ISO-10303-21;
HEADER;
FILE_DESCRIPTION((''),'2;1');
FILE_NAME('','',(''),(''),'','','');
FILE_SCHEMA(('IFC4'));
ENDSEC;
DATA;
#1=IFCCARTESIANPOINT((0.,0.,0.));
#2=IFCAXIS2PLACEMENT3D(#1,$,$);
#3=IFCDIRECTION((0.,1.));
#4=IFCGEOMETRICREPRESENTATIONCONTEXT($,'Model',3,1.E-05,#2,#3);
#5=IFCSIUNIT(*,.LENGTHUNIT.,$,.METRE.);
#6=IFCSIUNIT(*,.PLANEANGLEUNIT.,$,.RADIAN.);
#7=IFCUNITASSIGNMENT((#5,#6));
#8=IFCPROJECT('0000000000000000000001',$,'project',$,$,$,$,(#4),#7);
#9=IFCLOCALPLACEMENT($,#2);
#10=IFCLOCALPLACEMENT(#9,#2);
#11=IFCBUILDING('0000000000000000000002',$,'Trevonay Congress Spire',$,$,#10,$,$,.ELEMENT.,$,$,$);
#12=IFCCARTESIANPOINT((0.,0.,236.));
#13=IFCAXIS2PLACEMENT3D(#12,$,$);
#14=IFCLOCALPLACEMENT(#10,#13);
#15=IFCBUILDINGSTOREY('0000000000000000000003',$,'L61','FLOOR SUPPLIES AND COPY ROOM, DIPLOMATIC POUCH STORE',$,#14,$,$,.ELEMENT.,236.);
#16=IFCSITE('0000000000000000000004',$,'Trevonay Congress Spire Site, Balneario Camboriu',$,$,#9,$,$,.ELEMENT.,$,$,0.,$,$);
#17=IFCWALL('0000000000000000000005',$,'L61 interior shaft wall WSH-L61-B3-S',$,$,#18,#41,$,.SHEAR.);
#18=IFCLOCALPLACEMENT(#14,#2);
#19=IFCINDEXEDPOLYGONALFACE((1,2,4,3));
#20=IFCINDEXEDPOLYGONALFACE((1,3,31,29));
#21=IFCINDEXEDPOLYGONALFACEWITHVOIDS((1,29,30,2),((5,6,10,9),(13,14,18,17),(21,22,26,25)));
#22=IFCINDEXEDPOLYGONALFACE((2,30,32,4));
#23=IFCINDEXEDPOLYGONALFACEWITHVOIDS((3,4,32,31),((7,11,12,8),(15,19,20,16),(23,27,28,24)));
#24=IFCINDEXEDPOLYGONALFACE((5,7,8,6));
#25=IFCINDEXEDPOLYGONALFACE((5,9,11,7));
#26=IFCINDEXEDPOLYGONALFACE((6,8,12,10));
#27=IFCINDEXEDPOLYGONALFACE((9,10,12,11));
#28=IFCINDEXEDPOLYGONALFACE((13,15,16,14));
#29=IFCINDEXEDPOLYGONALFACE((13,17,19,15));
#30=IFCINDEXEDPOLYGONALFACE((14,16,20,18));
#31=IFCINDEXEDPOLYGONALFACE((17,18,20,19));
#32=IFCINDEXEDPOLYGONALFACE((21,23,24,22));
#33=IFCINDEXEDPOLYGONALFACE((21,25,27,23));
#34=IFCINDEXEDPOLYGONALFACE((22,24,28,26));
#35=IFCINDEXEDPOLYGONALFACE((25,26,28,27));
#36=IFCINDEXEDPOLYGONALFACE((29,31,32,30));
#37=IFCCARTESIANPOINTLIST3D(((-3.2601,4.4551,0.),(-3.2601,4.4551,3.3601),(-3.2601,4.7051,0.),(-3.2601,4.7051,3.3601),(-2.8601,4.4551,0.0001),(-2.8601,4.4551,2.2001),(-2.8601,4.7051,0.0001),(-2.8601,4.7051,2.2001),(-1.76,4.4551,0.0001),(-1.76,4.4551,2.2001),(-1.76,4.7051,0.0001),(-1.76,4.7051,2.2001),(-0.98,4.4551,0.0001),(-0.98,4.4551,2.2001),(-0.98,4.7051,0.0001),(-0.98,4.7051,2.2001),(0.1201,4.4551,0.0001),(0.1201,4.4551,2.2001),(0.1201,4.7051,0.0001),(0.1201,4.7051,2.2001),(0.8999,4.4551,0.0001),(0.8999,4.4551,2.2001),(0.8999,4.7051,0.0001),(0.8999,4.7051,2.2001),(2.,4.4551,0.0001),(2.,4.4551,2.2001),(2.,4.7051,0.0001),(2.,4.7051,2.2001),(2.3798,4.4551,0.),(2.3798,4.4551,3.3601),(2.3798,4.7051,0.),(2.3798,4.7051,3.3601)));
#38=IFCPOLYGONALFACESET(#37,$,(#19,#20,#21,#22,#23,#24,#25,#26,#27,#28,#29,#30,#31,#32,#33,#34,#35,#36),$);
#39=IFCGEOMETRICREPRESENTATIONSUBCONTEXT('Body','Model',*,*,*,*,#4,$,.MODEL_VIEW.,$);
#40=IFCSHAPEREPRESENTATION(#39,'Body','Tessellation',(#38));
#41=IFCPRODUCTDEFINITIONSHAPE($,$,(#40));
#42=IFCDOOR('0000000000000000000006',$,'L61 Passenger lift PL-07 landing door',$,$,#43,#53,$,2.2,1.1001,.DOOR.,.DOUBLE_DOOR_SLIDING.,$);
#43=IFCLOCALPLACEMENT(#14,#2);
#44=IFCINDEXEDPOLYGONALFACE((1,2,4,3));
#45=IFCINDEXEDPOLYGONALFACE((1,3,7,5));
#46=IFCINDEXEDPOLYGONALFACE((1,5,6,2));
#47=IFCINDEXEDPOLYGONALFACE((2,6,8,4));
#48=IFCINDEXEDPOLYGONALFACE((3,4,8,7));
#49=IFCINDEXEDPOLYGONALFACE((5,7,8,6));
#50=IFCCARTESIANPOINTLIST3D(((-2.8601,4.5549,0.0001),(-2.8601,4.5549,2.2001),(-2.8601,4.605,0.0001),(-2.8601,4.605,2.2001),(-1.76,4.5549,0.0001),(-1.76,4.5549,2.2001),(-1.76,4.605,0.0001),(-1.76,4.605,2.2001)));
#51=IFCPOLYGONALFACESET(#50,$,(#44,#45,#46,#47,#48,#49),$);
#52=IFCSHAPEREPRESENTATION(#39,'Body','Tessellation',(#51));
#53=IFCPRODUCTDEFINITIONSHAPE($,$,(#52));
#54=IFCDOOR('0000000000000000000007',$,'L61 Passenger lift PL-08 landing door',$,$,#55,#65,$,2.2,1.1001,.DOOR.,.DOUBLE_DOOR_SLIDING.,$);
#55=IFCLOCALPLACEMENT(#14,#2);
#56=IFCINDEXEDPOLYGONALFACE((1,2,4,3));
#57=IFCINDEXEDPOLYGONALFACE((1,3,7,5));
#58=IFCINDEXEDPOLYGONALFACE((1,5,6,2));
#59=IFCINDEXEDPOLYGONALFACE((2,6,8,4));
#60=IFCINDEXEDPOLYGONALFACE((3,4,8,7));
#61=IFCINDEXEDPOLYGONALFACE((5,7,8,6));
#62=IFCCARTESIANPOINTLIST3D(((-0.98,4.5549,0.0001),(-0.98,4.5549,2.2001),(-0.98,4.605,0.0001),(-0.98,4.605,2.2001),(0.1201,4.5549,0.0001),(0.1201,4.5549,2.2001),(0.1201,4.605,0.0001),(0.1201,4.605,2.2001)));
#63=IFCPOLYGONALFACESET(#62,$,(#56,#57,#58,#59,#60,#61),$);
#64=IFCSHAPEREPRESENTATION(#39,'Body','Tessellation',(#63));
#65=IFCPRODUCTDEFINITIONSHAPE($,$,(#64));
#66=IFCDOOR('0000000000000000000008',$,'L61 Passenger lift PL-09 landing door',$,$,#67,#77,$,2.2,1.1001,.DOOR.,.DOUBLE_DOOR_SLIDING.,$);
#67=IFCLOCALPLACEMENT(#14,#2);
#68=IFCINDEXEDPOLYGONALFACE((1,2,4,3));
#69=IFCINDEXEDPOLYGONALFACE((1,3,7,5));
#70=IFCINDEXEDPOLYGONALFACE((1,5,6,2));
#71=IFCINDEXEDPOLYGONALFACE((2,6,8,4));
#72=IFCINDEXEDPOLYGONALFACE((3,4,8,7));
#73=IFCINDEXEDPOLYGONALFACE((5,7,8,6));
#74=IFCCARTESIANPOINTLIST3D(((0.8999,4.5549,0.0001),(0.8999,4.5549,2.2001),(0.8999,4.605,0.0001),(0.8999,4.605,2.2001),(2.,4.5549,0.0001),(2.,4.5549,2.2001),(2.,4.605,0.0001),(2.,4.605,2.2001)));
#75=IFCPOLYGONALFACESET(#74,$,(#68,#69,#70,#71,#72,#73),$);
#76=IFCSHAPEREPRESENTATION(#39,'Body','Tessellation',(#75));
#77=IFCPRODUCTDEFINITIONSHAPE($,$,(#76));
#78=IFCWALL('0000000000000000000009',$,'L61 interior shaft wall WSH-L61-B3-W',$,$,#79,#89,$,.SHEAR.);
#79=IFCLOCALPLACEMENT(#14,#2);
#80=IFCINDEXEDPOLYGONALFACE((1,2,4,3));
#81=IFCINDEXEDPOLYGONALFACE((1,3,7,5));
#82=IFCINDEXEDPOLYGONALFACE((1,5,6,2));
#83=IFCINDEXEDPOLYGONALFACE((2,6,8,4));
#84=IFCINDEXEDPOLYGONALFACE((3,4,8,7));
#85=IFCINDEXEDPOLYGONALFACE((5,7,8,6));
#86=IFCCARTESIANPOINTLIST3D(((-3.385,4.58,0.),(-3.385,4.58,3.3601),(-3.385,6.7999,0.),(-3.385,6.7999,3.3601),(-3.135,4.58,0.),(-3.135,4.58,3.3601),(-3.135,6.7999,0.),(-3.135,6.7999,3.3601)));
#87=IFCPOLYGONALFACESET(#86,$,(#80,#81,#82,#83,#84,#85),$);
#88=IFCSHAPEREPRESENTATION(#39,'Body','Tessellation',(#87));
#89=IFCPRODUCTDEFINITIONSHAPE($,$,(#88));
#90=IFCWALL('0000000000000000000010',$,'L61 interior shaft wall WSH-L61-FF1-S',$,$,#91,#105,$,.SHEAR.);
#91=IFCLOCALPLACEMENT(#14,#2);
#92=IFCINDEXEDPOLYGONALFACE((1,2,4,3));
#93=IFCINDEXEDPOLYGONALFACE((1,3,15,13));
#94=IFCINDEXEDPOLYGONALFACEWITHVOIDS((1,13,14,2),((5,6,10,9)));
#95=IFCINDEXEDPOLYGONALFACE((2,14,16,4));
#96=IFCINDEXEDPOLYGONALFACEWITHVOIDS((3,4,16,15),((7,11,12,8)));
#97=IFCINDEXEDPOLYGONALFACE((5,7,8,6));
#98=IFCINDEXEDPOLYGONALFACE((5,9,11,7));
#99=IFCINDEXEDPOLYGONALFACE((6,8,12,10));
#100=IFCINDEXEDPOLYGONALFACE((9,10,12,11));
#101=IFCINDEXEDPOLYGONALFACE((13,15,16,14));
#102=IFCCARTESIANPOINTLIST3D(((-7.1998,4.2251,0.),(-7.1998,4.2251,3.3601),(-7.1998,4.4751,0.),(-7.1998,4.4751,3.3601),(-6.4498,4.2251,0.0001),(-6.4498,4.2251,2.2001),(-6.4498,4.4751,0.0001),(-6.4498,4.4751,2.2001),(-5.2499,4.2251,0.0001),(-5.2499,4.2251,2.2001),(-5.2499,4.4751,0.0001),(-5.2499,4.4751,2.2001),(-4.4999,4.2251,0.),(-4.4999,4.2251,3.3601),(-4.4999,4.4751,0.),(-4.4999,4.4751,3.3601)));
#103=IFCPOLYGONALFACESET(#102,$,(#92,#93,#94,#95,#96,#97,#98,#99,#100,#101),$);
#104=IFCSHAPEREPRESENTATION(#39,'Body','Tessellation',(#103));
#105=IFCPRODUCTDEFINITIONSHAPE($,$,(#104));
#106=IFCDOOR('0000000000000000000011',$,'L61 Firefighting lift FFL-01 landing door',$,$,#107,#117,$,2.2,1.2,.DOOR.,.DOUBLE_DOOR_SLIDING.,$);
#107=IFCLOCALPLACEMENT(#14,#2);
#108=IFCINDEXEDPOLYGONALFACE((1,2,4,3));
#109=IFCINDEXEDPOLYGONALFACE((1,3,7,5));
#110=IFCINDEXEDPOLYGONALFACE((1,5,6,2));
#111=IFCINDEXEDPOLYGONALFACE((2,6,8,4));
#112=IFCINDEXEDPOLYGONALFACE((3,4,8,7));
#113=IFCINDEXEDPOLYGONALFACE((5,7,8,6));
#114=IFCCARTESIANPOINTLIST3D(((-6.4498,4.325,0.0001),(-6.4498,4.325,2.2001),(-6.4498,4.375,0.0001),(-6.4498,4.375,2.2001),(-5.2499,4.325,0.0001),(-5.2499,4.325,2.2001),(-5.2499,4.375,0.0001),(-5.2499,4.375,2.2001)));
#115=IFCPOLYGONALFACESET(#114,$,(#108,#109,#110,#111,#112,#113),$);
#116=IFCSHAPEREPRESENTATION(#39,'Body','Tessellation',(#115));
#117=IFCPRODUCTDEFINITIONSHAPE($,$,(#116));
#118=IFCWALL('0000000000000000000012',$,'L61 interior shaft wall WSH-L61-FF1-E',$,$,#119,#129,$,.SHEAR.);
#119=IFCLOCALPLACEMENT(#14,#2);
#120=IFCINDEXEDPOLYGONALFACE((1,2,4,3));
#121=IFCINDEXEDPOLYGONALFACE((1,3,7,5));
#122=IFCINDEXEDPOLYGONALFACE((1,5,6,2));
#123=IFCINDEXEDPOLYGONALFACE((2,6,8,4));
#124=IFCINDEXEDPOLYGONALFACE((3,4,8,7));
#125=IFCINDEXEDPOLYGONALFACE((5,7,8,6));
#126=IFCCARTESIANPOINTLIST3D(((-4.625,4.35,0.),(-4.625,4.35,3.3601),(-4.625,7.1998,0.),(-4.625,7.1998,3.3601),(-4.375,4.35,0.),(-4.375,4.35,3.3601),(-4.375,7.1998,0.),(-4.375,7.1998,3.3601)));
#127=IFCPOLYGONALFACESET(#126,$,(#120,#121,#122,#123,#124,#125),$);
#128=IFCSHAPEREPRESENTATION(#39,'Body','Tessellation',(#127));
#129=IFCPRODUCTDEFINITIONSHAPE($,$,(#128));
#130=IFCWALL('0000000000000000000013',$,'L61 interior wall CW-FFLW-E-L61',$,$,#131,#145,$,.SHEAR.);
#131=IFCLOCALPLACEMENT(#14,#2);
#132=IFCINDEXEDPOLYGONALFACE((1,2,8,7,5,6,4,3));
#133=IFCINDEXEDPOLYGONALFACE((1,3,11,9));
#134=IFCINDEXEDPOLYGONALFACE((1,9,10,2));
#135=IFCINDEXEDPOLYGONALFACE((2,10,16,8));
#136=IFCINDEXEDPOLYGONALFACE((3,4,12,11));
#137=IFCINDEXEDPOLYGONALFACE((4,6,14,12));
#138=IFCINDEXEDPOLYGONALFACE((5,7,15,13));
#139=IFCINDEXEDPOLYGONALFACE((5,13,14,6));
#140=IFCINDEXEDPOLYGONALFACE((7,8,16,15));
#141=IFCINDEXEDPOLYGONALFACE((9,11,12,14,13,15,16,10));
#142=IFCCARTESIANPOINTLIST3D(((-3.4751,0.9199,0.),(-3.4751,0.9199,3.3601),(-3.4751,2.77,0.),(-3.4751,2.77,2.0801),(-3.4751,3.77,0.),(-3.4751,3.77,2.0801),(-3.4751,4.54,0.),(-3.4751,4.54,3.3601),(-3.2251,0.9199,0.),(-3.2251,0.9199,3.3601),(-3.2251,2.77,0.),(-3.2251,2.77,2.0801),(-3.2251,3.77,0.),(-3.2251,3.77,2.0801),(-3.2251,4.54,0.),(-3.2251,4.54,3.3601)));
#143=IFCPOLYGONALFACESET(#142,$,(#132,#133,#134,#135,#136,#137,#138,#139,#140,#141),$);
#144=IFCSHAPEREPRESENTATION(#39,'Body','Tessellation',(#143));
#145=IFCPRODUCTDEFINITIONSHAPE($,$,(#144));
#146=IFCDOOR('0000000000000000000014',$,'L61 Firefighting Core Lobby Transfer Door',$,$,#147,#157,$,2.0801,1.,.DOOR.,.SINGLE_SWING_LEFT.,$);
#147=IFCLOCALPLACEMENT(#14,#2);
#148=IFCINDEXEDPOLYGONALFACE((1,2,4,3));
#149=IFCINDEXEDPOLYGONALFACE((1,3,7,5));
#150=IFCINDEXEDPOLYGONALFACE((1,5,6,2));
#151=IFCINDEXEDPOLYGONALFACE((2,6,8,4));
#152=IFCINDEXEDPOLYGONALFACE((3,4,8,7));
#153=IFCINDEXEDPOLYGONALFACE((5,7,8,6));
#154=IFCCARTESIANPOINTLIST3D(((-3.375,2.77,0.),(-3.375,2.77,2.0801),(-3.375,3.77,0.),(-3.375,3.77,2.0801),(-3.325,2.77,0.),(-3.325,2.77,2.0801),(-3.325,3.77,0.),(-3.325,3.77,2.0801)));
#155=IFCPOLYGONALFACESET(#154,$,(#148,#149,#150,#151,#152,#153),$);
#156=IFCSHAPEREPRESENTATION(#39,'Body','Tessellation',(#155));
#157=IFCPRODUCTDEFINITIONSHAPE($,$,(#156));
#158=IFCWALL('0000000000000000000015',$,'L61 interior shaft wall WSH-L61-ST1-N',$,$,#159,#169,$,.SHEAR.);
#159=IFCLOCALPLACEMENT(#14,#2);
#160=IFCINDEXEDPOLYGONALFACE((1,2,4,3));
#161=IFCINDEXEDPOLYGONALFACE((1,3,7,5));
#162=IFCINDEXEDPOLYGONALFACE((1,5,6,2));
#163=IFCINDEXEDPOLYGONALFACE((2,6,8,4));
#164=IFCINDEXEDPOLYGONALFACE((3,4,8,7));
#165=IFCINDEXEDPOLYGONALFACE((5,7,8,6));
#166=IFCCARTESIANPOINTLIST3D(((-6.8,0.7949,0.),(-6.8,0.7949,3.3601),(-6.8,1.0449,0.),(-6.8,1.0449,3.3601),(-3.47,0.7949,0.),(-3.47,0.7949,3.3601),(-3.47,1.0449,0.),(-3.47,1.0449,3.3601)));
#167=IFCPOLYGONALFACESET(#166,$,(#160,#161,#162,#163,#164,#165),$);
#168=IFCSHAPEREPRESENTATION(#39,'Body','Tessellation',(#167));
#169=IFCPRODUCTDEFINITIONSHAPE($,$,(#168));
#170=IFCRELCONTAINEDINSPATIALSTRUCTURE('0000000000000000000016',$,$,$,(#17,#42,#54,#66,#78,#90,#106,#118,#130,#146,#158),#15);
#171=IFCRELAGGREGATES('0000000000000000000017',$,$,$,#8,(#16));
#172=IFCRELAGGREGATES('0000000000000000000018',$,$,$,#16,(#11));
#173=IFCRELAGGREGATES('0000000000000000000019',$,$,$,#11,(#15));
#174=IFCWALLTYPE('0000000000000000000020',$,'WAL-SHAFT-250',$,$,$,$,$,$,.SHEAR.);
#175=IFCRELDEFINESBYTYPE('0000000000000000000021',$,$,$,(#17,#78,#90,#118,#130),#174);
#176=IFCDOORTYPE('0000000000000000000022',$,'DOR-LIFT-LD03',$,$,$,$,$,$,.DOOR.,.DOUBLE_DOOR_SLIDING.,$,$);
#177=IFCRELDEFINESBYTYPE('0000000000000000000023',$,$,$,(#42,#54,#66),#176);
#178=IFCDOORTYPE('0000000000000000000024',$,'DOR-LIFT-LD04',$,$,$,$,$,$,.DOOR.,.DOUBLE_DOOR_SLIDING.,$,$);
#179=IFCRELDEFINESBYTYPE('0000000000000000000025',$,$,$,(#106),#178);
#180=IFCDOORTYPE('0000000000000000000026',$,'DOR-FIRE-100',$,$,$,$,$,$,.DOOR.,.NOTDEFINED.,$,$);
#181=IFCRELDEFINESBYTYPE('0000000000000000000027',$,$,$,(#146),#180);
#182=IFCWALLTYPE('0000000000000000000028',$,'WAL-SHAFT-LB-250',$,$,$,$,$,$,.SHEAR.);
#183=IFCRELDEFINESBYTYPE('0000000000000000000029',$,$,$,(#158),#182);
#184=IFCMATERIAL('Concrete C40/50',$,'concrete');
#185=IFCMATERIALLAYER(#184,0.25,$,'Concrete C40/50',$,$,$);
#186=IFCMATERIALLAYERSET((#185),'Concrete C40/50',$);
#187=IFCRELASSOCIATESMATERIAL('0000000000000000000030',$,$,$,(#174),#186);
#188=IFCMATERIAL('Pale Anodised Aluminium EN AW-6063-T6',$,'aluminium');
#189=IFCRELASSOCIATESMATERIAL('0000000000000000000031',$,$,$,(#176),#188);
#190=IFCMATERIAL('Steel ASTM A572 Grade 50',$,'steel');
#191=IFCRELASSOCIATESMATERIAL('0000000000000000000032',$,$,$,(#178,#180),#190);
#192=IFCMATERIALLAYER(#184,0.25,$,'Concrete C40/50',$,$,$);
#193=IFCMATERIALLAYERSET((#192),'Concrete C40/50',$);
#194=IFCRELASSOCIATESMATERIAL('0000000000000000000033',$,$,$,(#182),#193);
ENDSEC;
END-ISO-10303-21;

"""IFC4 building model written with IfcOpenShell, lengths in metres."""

from ifc_helpers import new_model, si_unit, direction, frame, frame_2d, origin, place, context, subcontext, project, spatial, rectangle, extrude, material, layer, layer_set, type_object, element, fill, save


model = new_model("IFC4")

# Units and contexts
model_context = context("Model", 3, precision=1e-05, world=origin(), true_north=direction((0.0, 1.0)))
body_context = subcontext(model_context, "Body", "Model", "MODEL_VIEW")
ifc_project = project(units=[si_unit("LENGTHUNIT", "METRE"), si_unit("PLANEANGLEUNIT", "RADIAN")], contexts=[model_context])

# Site, building, storey
site_placement = place(None, origin())
site = spatial("IfcSite", under=ifc_project, at=site_placement, Name="Trevonay Congress Spire Site, Balneario Camboriu", CompositionType="ELEMENT", RefElevation=0.0)
building_placement = place(site_placement, origin())
building = spatial("IfcBuilding", under=site, at=building_placement, Name="Trevonay Congress Spire", CompositionType="ELEMENT")
storey_placement = place(building_placement, frame((0.0, 0.0, 236.0)))
storey = spatial("IfcBuildingStorey", under=building, at=storey_placement, Name="L61", Description="FLOOR SUPPLIES AND COPY ROOM, DIPLOMATIC POUCH STORE", CompositionType="ELEMENT", Elevation=236.0)

# Shared definitions
ifc_material_1 = material(Name="Steel ASTM A572 Grade 50", Category="steel")

# Shared definitions
ifc_material_2 = material(Name="Concrete C40/50", Category="concrete")

# Wall, openings, doors
ifc_layer_1 = layer(ifc_material_2, 0.25, Name="Concrete C40/50")
ifc_layer_set_1 = layer_set([ifc_layer_1], Name="Concrete C40/50")
wall_type_1 = type_object("IfcWallType", Name="WAL-SHAFT-250", PredefinedType="SHEAR", material=ifc_layer_set_1)
wall_1_placement = place(storey_placement, frame((-3.26, 4.5801, 0.0), z_axis=(0.0, 0.0, 1.0), x_axis=(1.0, 0.0, 0.0)))
wall_1 = element("IfcWall", 1, at=wall_1_placement, inside=storey, type_object=wall_type_1, Name="L61 interior shaft wall WSH-L61-B3-S", PredefinedType="SHEAR", context=body_context, shape_type="SweptSolid", body=[
    extrude(rectangle(XDim=5.6399, YDim=0.25, at=frame_2d((2.8198, 0.0))), origin(), (0.0, 0.0, 1.0), 3.3601),
])
opening_1_placement = place(wall_1_placement, frame((0.3999, 0.0, 0.0)))
opening_1 = element("IfcOpeningElement", 2, at=opening_1_placement, cuts=wall_1, PredefinedType="OPENING", context=body_context, shape_type="SweptSolid", body=[
    extrude(rectangle(XDim=1.1001, YDim=2.2, at=frame_2d((0.55, 1.1001))), frame((0.0, 0.135, 0.0), z_axis=(0.0, -1.0, 0.0), x_axis=(1.0, 0.0, 0.0)), (0.0, 0.0, 1.0), 0.27),
])
opening_2_placement = place(wall_1_placement, frame((2.28, 0.0, 0.0)))
opening_2 = element("IfcOpeningElement", 3, at=opening_2_placement, cuts=wall_1, PredefinedType="OPENING", context=body_context, shape_type="SweptSolid", body=[
    extrude(rectangle(XDim=1.1001, YDim=2.2, at=frame_2d((0.55, 1.1001))), frame((0.0, 0.135, 0.0), z_axis=(0.0, -1.0, 0.0), x_axis=(1.0, 0.0, 0.0)), (0.0, 0.0, 1.0), 0.27),
])
opening_3_placement = place(wall_1_placement, frame((4.1599, 0.0, 0.0)))
opening_3 = element("IfcOpeningElement", 4, at=opening_3_placement, cuts=wall_1, PredefinedType="OPENING", context=body_context, shape_type="SweptSolid", body=[
    extrude(rectangle(XDim=1.1001, YDim=2.2, at=frame_2d((0.55, 1.1001))), frame((0.0, 0.135, 0.0), z_axis=(0.0, -1.0, 0.0), x_axis=(1.0, 0.0, 0.0)), (0.0, 0.0, 1.0), 0.27),
])
ifc_material_3 = material(Name="Pale Anodised Aluminium EN AW-6063-T6", Category="aluminium")
door_type_1 = type_object("IfcDoorType", Name="DOR-LIFT-LD03", OperationType="DOUBLE_DOOR_SLIDING", PredefinedType="DOOR", material=ifc_material_3)
door_1_placement = place(opening_1_placement, origin())
door_1 = element("IfcDoor", 5, at=door_1_placement, inside=storey, type_object=door_type_1, Name="L61 Passenger lift PL-07 landing door", OperationType="DOUBLE_DOOR_SLIDING", OverallHeight=2.2, OverallWidth=1.1001, PredefinedType="DOOR", context=body_context, shape_type="SweptSolid", body=[
    extrude(rectangle(XDim=1.1001, YDim=2.2, at=frame_2d((0.55, 1.1001))), frame((0.0, 0.0249, 0.0), z_axis=(0.0, -1.0, 0.0), x_axis=(1.0, 0.0, 0.0)), (0.0, 0.0, 1.0), 0.05),
])
fill(opening_1, door_1)
door_2_placement = place(opening_2_placement, origin())
door_2 = element("IfcDoor", 6, at=door_2_placement, inside=storey, type_object=door_type_1, Name="L61 Passenger lift PL-08 landing door", OperationType="DOUBLE_DOOR_SLIDING", OverallHeight=2.2, OverallWidth=1.1001, PredefinedType="DOOR", context=body_context, shape_type="SweptSolid", body=[
    extrude(rectangle(XDim=1.1001, YDim=2.2, at=frame_2d((0.55, 1.1001))), frame((0.0, 0.0249, 0.0), z_axis=(0.0, -1.0, 0.0), x_axis=(1.0, 0.0, 0.0)), (0.0, 0.0, 1.0), 0.05),
])
fill(opening_2, door_2)
door_3_placement = place(opening_3_placement, origin())
door_3 = element("IfcDoor", 7, at=door_3_placement, inside=storey, type_object=door_type_1, Name="L61 Passenger lift PL-09 landing door", OperationType="DOUBLE_DOOR_SLIDING", OverallHeight=2.2, OverallWidth=1.1001, PredefinedType="DOOR", context=body_context, shape_type="SweptSolid", body=[
    extrude(rectangle(XDim=1.1001, YDim=2.2, at=frame_2d((0.55, 1.1001))), frame((0.0, 0.0249, 0.0), z_axis=(0.0, -1.0, 0.0), x_axis=(1.0, 0.0, 0.0)), (0.0, 0.0, 1.0), 0.05),
])
fill(opening_3, door_3)

# Wall
wall_2_placement = place(storey_placement, frame((-3.26, 4.5801, 0.0), z_axis=(0.0, 0.0, 1.0), x_axis=(0.0, 1.0, 0.0)))
element("IfcWall", 8, at=wall_2_placement, inside=storey, type_object=wall_type_1, Name="L61 interior shaft wall WSH-L61-B3-W", PredefinedType="SHEAR", context=body_context, shape_type="SweptSolid", body=[
    extrude(rectangle(XDim=2.22, YDim=0.25, at=frame_2d((1.1099, 0.0))), origin(), (0.0, 0.0, 1.0), 3.3601),
])

# Wall, opening, door
wall_3_placement = place(storey_placement, frame((-7.2, 4.3501, 0.0), z_axis=(0.0, 0.0, 1.0), x_axis=(1.0, 0.0, 0.0)))
wall_3 = element("IfcWall", 9, at=wall_3_placement, inside=storey, type_object=wall_type_1, Name="L61 interior shaft wall WSH-L61-FF1-S", PredefinedType="SHEAR", context=body_context, shape_type="SweptSolid", body=[
    extrude(rectangle(XDim=2.7, YDim=0.25, at=frame_2d((1.3501, 0.0))), origin(), (0.0, 0.0, 1.0), 3.3601),
])
opening_4_placement = place(wall_3_placement, frame((0.75, 0.0, 0.0)))
opening_4 = element("IfcOpeningElement", 10, at=opening_4_placement, cuts=wall_3, PredefinedType="OPENING", context=body_context, shape_type="SweptSolid", body=[
    extrude(rectangle(XDim=1.2, YDim=2.2, at=frame_2d((0.6001, 1.1001))), frame((0.0, 0.135, 0.0), z_axis=(0.0, -1.0, 0.0), x_axis=(1.0, 0.0, 0.0)), (0.0, 0.0, 1.0), 0.27),
])
door_type_2 = type_object("IfcDoorType", Name="DOR-LIFT-LD04", OperationType="DOUBLE_DOOR_SLIDING", PredefinedType="DOOR", material=ifc_material_1)
door_4_placement = place(opening_4_placement, origin())
door_4 = element("IfcDoor", 11, at=door_4_placement, inside=storey, type_object=door_type_2, Name="L61 Firefighting lift FFL-01 landing door", OperationType="DOUBLE_DOOR_SLIDING", OverallHeight=2.2, OverallWidth=1.2, PredefinedType="DOOR", context=body_context, shape_type="SweptSolid", body=[
    extrude(rectangle(XDim=1.2, YDim=2.2, at=frame_2d((0.6001, 1.1001))), frame((0.0, 0.0249, 0.0), z_axis=(0.0, -1.0, 0.0), x_axis=(1.0, 0.0, 0.0)), (0.0, 0.0, 1.0), 0.05),
])
fill(opening_4, door_4)

# Wall
wall_4_placement = place(storey_placement, frame((-4.5, 4.3501, 0.0), z_axis=(0.0, 0.0, 1.0), x_axis=(0.0, 1.0, 0.0)))
element("IfcWall", 12, at=wall_4_placement, inside=storey, type_object=wall_type_1, Name="L61 interior shaft wall WSH-L61-FF1-E", PredefinedType="SHEAR", context=body_context, shape_type="SweptSolid", body=[
    extrude(rectangle(XDim=2.8499, YDim=0.25, at=frame_2d((1.4248, 0.0))), origin(), (0.0, 0.0, 1.0), 3.3601),
])

# Wall, opening, door
wall_5_placement = place(storey_placement, frame((-3.3501, 0.9199, 0.0), z_axis=(0.0, 0.0, 1.0), x_axis=(0.0, 1.0, 0.0)))
wall_5 = element("IfcWall", 13, at=wall_5_placement, inside=storey, type_object=wall_type_1, Name="L61 interior wall CW-FFLW-E-L61", PredefinedType="SHEAR", context=body_context, shape_type="SweptSolid", body=[
    extrude(rectangle(XDim=3.6201, YDim=0.25, at=frame_2d((1.8101, 0.0))), origin(), (0.0, 0.0, 1.0), 3.3601),
])
opening_5_placement = place(wall_5_placement, frame((1.8501, 0.0, 0.0)))
opening_5 = element("IfcOpeningElement", 14, at=opening_5_placement, cuts=wall_5, PredefinedType="OPENING", context=body_context, shape_type="SweptSolid", body=[
    extrude(rectangle(XDim=1.0, YDim=2.0801, at=frame_2d((0.5, 1.04))), frame((0.0, 0.135, 0.0), z_axis=(0.0, -1.0, 0.0), x_axis=(1.0, 0.0, 0.0)), (0.0, 0.0, 1.0), 0.27),
])
door_type_3 = type_object("IfcDoorType", Name="DOR-FIRE-100", OperationType="NOTDEFINED", PredefinedType="DOOR", material=ifc_material_1)
door_5_placement = place(opening_5_placement, origin())
door_5 = element("IfcDoor", 15, at=door_5_placement, inside=storey, type_object=door_type_3, Name="L61 Firefighting Core Lobby Transfer Door", OperationType="SINGLE_SWING_LEFT", OverallHeight=2.0801, OverallWidth=1.0, PredefinedType="DOOR", context=body_context, shape_type="SweptSolid", body=[
    extrude(rectangle(XDim=1.0, YDim=2.0801, at=frame_2d((0.5, 1.04))), frame((0.0, 0.0249, 0.0), z_axis=(0.0, -1.0, 0.0), x_axis=(1.0, 0.0, 0.0)), (0.0, 0.0, 1.0), 0.05),
])
fill(opening_5, door_5)

# Wall
ifc_layer_2 = layer(ifc_material_2, 0.25, Name="Concrete C40/50")
ifc_layer_set_2 = layer_set([ifc_layer_2], Name="Concrete C40/50")
wall_type_2 = type_object("IfcWallType", Name="WAL-SHAFT-LB-250", PredefinedType="SHEAR", material=ifc_layer_set_2)
wall_6_placement = place(storey_placement, frame((-6.8, 0.9199, 0.0), z_axis=(0.0, 0.0, 1.0), x_axis=(1.0, 0.0, 0.0)))
element("IfcWall", 16, at=wall_6_placement, inside=storey, type_object=wall_type_2, Name="L61 interior shaft wall WSH-L61-ST1-N", PredefinedType="SHEAR", context=body_context, shape_type="SweptSolid", body=[
    extrude(rectangle(XDim=3.3301, YDim=0.25, at=frame_2d((1.665, 0.0))), origin(), (0.0, 0.0, 1.0), 3.3601),
])

save(model, "model.ifc")
